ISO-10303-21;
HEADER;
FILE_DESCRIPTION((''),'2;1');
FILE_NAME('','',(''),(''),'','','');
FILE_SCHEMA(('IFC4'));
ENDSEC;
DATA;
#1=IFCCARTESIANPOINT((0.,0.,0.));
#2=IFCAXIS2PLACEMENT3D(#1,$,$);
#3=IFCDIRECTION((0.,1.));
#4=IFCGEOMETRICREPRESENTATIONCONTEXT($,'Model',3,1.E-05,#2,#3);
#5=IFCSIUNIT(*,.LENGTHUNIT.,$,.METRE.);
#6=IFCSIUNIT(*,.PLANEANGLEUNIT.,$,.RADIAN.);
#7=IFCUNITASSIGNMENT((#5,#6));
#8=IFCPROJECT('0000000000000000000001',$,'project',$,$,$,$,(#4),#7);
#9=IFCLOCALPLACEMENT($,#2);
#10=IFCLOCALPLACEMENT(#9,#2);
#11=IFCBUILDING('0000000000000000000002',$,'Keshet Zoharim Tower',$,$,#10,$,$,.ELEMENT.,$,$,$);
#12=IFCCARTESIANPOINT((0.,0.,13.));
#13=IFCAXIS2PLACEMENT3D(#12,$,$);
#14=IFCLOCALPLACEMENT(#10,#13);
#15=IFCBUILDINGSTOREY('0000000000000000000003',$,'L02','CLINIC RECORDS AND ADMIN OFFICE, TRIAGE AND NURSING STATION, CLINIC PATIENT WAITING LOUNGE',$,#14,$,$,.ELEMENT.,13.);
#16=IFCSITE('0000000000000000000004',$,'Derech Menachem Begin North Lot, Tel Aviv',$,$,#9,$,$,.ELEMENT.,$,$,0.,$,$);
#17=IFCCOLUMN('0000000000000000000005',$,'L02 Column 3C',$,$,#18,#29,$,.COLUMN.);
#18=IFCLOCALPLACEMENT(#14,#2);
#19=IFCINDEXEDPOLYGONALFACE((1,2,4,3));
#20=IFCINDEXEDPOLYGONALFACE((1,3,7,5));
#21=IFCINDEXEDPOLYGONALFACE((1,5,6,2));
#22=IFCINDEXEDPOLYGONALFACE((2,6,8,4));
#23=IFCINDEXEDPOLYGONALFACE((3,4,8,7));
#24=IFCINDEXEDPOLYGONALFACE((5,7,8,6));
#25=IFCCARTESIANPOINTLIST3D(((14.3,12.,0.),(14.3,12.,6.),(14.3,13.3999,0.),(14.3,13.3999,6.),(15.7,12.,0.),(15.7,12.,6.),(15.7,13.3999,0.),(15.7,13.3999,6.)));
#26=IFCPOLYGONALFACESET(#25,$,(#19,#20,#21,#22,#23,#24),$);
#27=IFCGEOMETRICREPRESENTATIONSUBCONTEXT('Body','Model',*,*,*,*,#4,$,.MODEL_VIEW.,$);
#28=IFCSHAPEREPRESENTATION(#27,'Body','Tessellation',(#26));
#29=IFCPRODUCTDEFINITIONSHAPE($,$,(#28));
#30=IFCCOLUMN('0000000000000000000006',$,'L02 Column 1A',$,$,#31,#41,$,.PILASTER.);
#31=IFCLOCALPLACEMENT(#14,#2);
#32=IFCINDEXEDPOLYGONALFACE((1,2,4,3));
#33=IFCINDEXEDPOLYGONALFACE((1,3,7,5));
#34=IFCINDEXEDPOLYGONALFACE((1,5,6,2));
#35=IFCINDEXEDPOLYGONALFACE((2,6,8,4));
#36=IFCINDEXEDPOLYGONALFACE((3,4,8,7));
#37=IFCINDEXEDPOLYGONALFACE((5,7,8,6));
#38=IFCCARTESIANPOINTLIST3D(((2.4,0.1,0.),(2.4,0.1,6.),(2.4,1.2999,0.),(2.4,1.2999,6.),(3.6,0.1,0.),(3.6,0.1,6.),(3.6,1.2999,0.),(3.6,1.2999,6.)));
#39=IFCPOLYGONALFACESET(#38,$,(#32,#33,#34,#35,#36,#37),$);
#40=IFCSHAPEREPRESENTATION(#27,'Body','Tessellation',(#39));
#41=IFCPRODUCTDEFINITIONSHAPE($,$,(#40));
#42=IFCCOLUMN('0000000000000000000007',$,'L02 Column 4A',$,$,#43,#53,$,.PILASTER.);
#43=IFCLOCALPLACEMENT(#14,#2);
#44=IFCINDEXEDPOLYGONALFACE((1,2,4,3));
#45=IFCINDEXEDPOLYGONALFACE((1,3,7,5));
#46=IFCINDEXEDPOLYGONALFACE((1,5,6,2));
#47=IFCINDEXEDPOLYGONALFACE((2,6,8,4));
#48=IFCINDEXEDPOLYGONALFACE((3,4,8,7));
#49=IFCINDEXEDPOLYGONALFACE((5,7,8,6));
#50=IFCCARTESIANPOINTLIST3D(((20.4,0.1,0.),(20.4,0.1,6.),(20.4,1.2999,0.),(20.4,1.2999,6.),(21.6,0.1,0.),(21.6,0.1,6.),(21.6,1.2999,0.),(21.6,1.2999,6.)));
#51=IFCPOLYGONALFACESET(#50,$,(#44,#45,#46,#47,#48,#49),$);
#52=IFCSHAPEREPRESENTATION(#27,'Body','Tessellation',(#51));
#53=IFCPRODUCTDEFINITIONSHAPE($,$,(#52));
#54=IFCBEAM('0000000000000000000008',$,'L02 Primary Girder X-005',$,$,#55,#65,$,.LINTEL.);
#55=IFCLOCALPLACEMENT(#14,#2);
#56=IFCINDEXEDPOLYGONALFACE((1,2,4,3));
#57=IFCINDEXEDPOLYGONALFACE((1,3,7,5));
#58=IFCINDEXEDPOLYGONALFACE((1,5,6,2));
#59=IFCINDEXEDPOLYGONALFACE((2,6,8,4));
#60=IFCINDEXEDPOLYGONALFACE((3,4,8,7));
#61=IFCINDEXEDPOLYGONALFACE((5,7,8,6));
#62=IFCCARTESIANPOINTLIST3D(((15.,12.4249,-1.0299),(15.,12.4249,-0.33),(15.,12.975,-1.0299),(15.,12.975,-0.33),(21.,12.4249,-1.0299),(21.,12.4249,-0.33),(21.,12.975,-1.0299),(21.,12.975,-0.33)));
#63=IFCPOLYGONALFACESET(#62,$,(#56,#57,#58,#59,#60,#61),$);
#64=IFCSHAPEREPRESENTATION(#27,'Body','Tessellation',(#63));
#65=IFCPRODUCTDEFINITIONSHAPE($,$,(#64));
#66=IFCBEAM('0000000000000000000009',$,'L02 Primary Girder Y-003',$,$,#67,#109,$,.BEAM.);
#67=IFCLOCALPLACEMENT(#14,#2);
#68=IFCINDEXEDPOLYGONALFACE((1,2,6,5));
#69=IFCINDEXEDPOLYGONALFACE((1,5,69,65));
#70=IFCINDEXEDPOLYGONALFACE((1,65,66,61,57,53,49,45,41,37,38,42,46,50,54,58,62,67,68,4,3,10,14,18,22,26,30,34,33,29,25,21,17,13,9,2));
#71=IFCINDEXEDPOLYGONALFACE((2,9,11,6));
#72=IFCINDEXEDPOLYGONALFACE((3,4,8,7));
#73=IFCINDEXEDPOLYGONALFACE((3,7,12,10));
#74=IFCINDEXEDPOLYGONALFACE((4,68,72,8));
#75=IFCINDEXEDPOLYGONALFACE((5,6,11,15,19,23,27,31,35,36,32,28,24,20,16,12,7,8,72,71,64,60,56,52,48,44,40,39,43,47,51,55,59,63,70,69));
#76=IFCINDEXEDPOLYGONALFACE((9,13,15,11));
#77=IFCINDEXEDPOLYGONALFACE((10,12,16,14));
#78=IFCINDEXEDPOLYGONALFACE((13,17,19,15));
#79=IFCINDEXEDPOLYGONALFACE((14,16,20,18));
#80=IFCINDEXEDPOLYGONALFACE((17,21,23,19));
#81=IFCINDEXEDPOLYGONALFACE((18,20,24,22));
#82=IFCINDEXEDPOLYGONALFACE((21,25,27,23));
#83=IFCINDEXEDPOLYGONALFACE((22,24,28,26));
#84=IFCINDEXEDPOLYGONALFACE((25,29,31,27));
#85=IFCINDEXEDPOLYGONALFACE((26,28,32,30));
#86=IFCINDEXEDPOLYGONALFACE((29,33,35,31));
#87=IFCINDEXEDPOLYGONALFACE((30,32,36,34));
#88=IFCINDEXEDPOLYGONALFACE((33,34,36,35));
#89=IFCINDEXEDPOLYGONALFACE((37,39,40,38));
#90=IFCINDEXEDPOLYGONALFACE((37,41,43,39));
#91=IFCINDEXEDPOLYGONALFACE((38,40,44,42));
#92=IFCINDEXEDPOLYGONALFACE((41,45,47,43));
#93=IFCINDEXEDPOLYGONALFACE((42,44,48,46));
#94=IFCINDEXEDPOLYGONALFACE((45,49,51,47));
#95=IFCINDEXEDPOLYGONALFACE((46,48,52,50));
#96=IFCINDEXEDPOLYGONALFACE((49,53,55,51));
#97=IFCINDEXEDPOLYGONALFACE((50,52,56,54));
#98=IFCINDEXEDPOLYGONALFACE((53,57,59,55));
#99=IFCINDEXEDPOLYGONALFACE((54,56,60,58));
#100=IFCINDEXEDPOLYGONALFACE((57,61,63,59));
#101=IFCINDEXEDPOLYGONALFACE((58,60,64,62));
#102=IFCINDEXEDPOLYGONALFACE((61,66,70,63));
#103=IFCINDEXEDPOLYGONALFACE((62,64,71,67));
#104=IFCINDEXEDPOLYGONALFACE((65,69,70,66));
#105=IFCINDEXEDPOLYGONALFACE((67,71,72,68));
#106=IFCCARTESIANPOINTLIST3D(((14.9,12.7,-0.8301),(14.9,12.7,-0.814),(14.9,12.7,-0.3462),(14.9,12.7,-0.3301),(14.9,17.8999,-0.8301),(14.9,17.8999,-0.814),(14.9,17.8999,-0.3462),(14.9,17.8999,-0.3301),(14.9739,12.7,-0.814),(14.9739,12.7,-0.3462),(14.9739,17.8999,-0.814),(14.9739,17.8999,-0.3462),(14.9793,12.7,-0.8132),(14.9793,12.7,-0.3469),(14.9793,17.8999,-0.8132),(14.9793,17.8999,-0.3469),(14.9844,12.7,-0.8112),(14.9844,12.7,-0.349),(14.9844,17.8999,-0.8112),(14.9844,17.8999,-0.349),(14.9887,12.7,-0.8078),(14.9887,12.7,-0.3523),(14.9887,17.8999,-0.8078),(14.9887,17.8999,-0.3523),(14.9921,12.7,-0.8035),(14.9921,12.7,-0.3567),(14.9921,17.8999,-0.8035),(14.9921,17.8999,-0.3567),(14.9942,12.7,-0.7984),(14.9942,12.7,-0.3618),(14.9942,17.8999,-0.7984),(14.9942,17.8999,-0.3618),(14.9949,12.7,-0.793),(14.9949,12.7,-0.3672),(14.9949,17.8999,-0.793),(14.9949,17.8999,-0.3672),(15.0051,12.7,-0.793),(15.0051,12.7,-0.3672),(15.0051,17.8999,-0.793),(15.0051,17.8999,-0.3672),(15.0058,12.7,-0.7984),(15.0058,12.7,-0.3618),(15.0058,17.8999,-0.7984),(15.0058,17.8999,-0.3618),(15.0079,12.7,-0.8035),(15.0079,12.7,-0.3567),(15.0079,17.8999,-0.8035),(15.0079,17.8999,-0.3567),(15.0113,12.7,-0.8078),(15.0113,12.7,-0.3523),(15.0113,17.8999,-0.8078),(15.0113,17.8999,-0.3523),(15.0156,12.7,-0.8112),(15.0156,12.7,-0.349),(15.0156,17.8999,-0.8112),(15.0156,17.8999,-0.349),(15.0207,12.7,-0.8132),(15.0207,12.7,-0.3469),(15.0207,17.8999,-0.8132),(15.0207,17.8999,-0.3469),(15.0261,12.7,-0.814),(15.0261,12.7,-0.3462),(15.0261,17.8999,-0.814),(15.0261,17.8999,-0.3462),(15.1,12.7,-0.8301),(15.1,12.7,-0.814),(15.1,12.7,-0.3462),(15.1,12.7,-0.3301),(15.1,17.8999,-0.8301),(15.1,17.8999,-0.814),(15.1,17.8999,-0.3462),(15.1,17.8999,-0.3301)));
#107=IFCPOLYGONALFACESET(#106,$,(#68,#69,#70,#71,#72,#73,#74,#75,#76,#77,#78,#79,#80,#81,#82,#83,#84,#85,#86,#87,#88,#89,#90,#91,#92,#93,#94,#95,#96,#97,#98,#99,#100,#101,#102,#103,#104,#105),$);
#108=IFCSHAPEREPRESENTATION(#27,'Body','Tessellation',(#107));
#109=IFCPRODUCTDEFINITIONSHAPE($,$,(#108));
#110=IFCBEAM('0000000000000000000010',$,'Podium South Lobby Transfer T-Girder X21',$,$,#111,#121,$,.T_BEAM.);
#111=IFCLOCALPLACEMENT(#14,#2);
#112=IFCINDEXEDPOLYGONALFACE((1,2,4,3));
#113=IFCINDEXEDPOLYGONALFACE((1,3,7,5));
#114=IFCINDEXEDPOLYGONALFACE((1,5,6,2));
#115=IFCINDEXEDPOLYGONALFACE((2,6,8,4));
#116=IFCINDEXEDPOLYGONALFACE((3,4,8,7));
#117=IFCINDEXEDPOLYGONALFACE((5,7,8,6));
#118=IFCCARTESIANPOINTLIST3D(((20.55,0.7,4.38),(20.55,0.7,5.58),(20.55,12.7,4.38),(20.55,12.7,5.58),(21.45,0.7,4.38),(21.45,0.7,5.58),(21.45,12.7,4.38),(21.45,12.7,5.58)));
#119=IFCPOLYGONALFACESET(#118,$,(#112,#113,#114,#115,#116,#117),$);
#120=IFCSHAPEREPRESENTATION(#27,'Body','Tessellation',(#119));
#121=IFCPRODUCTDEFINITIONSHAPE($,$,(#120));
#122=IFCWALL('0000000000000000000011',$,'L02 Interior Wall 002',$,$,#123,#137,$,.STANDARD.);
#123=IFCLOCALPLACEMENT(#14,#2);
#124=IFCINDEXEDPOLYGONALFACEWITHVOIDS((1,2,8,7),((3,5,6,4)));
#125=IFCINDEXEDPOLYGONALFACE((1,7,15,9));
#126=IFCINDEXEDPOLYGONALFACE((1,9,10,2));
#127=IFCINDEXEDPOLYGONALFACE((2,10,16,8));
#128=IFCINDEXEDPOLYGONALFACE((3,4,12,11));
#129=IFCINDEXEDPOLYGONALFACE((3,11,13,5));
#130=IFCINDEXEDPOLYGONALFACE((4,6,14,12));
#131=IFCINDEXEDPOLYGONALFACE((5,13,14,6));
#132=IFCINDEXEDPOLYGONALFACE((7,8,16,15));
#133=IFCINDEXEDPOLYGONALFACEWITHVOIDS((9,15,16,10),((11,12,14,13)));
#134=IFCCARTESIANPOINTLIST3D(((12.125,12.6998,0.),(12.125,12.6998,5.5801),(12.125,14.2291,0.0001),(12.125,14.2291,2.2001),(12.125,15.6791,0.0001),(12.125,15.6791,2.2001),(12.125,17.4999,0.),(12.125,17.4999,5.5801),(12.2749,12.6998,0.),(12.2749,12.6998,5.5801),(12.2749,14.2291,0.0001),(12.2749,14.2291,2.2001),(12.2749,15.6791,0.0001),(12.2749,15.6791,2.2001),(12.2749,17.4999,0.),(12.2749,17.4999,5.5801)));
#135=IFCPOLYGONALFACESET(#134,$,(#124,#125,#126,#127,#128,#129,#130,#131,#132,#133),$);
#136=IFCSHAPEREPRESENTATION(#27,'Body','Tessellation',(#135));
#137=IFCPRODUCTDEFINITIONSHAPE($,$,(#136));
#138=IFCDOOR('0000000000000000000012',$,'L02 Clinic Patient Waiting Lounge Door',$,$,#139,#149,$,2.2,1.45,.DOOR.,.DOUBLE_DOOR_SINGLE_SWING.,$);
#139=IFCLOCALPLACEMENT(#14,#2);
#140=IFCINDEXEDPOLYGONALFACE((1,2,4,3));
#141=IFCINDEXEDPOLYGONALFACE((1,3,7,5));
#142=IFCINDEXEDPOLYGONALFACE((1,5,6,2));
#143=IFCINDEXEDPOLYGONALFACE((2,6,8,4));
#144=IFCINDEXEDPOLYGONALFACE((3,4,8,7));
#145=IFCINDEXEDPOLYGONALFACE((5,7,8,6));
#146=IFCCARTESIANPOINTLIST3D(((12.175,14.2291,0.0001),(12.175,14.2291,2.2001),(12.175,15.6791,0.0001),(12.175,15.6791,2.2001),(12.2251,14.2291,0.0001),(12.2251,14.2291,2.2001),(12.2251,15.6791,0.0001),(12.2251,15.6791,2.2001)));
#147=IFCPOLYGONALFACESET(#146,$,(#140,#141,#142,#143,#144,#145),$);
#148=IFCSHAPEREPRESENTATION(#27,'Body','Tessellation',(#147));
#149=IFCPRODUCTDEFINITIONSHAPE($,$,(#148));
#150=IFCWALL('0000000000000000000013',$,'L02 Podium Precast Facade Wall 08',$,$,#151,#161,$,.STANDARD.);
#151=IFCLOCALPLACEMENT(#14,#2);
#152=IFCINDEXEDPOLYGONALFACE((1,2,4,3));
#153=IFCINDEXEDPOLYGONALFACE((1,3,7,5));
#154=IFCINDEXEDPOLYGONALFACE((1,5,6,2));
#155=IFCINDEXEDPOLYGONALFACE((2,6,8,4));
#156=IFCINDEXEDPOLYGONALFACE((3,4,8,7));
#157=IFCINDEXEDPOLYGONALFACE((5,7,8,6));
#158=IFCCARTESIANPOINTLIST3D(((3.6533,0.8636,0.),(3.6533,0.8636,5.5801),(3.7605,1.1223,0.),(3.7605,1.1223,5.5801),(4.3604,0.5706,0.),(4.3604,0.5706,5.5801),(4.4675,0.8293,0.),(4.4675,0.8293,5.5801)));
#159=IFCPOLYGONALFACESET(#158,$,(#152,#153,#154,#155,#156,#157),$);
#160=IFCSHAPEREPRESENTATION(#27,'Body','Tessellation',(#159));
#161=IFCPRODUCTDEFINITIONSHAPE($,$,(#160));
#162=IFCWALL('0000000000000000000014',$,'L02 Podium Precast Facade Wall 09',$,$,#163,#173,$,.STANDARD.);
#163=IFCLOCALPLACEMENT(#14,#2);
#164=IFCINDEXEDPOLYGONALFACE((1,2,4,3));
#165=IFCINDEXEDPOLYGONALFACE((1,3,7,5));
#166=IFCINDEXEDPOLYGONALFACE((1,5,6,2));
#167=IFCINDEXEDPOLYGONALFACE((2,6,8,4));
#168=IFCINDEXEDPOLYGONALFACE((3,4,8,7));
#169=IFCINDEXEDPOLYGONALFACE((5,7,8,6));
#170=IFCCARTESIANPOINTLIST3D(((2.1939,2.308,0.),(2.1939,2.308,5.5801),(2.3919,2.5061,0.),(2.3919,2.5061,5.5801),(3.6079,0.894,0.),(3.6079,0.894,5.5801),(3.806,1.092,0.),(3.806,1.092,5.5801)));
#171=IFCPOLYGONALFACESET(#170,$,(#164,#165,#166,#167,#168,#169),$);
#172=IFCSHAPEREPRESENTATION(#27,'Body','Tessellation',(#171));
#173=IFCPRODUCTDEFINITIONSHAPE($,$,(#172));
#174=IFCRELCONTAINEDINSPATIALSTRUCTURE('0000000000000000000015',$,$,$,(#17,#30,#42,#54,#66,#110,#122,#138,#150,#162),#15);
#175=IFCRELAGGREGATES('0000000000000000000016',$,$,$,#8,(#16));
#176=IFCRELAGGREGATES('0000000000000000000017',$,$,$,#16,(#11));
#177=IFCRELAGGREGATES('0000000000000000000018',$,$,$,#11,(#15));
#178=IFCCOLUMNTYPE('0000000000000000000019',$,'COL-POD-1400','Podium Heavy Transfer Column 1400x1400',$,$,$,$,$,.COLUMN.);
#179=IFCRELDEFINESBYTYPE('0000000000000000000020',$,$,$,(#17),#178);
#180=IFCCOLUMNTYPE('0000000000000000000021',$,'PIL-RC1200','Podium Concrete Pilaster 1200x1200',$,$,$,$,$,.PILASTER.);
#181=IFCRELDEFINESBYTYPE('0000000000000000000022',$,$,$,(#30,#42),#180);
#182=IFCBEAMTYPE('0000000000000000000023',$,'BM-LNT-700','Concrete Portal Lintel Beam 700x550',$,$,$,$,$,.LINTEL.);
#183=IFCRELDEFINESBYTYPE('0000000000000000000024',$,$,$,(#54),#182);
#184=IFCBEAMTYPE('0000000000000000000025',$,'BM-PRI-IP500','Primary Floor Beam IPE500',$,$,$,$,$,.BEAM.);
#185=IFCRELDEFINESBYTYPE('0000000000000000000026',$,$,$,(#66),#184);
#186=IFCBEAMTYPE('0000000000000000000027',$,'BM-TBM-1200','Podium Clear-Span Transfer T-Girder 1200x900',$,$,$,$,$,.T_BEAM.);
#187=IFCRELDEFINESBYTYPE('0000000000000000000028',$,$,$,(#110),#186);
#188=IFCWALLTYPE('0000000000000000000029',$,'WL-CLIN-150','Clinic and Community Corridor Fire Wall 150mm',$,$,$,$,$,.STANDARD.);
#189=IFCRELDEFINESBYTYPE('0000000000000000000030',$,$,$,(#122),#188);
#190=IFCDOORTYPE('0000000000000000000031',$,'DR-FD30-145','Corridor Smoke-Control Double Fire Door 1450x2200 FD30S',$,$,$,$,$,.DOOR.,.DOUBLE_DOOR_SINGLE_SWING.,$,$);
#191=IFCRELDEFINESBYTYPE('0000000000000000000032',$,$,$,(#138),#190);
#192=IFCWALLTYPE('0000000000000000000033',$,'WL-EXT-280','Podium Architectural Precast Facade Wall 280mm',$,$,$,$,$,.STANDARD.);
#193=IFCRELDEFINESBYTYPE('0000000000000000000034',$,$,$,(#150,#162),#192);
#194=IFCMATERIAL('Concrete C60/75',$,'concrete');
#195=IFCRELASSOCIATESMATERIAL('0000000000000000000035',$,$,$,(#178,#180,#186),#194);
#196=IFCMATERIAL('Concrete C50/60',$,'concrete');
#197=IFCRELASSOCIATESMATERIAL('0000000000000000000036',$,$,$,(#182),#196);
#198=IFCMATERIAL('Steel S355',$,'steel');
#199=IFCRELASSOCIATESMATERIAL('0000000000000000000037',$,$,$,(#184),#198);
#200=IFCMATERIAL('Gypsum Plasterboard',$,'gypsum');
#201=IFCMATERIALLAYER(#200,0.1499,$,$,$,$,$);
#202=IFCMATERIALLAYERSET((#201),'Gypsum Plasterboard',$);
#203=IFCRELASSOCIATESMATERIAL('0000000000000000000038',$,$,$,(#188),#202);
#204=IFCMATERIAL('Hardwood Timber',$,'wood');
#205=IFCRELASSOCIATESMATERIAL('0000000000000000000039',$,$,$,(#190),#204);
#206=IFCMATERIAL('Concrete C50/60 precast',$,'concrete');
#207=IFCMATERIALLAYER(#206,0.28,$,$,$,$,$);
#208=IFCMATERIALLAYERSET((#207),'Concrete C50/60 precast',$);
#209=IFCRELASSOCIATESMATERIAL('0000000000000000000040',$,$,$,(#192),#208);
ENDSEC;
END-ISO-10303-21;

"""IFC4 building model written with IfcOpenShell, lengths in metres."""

from ifc_helpers import new_model, si_unit, direction, frame, frame_2d, origin, origin_2d, place, context, subcontext, project, spatial, rectangle, i_section, extrude, material, layer, layer_set, material_profile, profile_set, type_object, element, fill, save


model = new_model("IFC4")

# Units and contexts
model_context = context("Model", 3, precision=1e-05, world=origin(), true_north=direction((0.0, 1.0)))
body_context = subcontext(model_context, "Body", "Model", "MODEL_VIEW")
ifc_project = project(units=[si_unit("LENGTHUNIT", "METRE"), si_unit("PLANEANGLEUNIT", "RADIAN")], contexts=[model_context])

# Site, building, storey
site_placement = place(None, origin())
site = spatial("IfcSite", under=ifc_project, at=site_placement, Name="Derech Menachem Begin North Lot, Tel Aviv", CompositionType="ELEMENT", RefElevation=0.0)
building_placement = place(site_placement, origin())
building = spatial("IfcBuilding", under=site, at=building_placement, Name="Keshet Zoharim Tower", CompositionType="ELEMENT")
storey_placement = place(building_placement, frame((0.0, 0.0, 13.0)))
storey = spatial("IfcBuildingStorey", under=building, at=storey_placement, Name="L02", Description="CLINIC RECORDS AND ADMIN OFFICE, TRIAGE AND NURSING STATION, CLINIC PATIENT WAITING LOUNGE", CompositionType="ELEMENT", Elevation=13.0)

# Columns
ifc_material_1 = material(Name="Concrete C60/75", Category="concrete")
ifc_material_profile_1 = material_profile(ifc_material_1, rectangle(XDim=1.3999, YDim=1.3999, at=origin_2d()), Name="RC1400x1400")
ifc_profile_set_1 = profile_set([ifc_material_profile_1], Name="Concrete C60/75")
column_type_1 = type_object("IfcColumnType", Name="COL-POD-1400", Description="Podium Heavy Transfer Column 1400x1400", PredefinedType="COLUMN", material=ifc_profile_set_1)
column_placement = place(storey_placement, frame((15.0, 12.7, 0.0), z_axis=(0.0, 0.0, 1.0), x_axis=(1.0, 0.0, 0.0)))
element("IfcColumn", 1, at=column_placement, inside=storey, type_object=column_type_1, Name="L02 Column 3C", PredefinedType="COLUMN", context=body_context, shape_type="SweptSolid", body=[
    extrude(rectangle(XDim=1.3999, YDim=1.3999, at=origin_2d()), origin(), (0.0, 0.0, 1.0), 6.0),
])
ifc_material_profile_2 = material_profile(ifc_material_1, rectangle(XDim=1.2, YDim=1.2, at=origin_2d()), Name="RC1200x1200")
ifc_profile_set_2 = profile_set([ifc_material_profile_2], Name="Concrete C60/75")
column_type_2 = type_object("IfcColumnType", Name="PIL-RC1200", Description="Podium Concrete Pilaster 1200x1200", PredefinedType="PILASTER", material=ifc_profile_set_2)
for number, where, z_axis, x_axis, name in (
    (2, (3.0, 0.7, 0.0), (0.0, 0.0, 1.0), (1.0, 0.0, 0.0), "L02 Column 1A"),
    (3, (21.0, 0.7, 0.0), (0.0, 0.0, 1.0), (1.0, 0.0, 0.0), "L02 Column 4A"),
):
    element("IfcColumn", number, at=place(storey_placement, frame(where, z_axis=z_axis, x_axis=x_axis)), inside=storey, type_object=column_type_2, Name=name, PredefinedType="PILASTER", context=body_context, shape_type="SweptSolid", body=[
        extrude(rectangle(XDim=1.2, YDim=1.2, at=origin_2d()), origin(), (0.0, 0.0, 1.0), 6.0),
    ])

# Beams
ifc_material_2 = material(Name="Concrete C50/60", Category="concrete")
ifc_material_profile_3 = material_profile(ifc_material_2, rectangle(XDim=0.55, YDim=0.7, at=origin_2d()), Name="RC700x550")
ifc_profile_set_3 = profile_set([ifc_material_profile_3], Name="Concrete C50/60")
beam_type_1 = type_object("IfcBeamType", Name="BM-LNT-700", Description="Concrete Portal Lintel Beam 700x550", PredefinedType="LINTEL", material=ifc_profile_set_3)
beam_1_placement = place(storey_placement, frame((15.0, 12.7, -0.6799), z_axis=(1.0, 0.0, 0.0), x_axis=(0.0, 1.0, 0.0)))
element("IfcBeam", 4, at=beam_1_placement, inside=storey, type_object=beam_type_1, Name="L02 Primary Girder X-005", PredefinedType="LINTEL", context=body_context, shape_type="SweptSolid", body=[
    extrude(rectangle(XDim=0.55, YDim=0.7, at=origin_2d()), origin(), (0.0, 0.0, 1.0), 6.0),
])
ifc_material_3 = material(Name="Steel S355", Category="steel")
ifc_material_profile_4 = material_profile(ifc_material_3, i_section(OverallWidth=0.2, OverallDepth=0.5, WebThickness=0.0103, FlangeThickness=0.0161, FilletRadius=0.021, at=origin_2d()), Name="IPE500")
ifc_profile_set_4 = profile_set([ifc_material_profile_4], Name="Steel S355")
beam_type_2 = type_object("IfcBeamType", Name="BM-PRI-IP500", Description="Primary Floor Beam IPE500", PredefinedType="BEAM", material=ifc_profile_set_4)
beam_2_placement = place(storey_placement, frame((15.0, 12.7, -0.5801), z_axis=(0.0, 1.0, 0.0), x_axis=(-1.0, 0.0, 0.0)))
element("IfcBeam", 5, at=beam_2_placement, inside=storey, type_object=beam_type_2, Name="L02 Primary Girder Y-003", PredefinedType="BEAM", context=body_context, shape_type="SweptSolid", body=[
    extrude(i_section(OverallWidth=0.2, OverallDepth=0.5, WebThickness=0.0103, FlangeThickness=0.0161, FilletRadius=0.021, at=origin_2d()), origin(), (0.0, 0.0, 1.0), 5.2),
])
ifc_material_profile_5 = material_profile(ifc_material_1, rectangle(XDim=0.8999, YDim=1.2, at=origin_2d()), Name="RC1200x900")
ifc_profile_set_5 = profile_set([ifc_material_profile_5], Name="Concrete C60/75")
beam_type_3 = type_object("IfcBeamType", Name="BM-TBM-1200", Description="Podium Clear-Span Transfer T-Girder 1200x900", PredefinedType="T_BEAM", material=ifc_profile_set_5)
beam_3_placement = place(storey_placement, frame((21.0, 0.7, 4.98), z_axis=(0.0, 1.0, 0.0), x_axis=(-1.0, 0.0, 0.0)))
element("IfcBeam", 6, at=beam_3_placement, inside=storey, type_object=beam_type_3, Name="Podium South Lobby Transfer T-Girder X21", PredefinedType="T_BEAM", context=body_context, shape_type="SweptSolid", body=[
    extrude(rectangle(XDim=0.8999, YDim=1.2, at=origin_2d()), origin(), (0.0, 0.0, 1.0), 12.0),
])

# Wall, opening, door
ifc_material_4 = material(Name="Gypsum Plasterboard", Category="gypsum")
ifc_layer_1 = layer(ifc_material_4, 0.1499)
ifc_layer_set_1 = layer_set([ifc_layer_1], Name="Gypsum Plasterboard")
wall_type_1 = type_object("IfcWallType", Name="WL-CLIN-150", Description="Clinic and Community Corridor Fire Wall 150mm", PredefinedType="STANDARD", material=ifc_layer_set_1)
wall_1_placement = place(storey_placement, frame((12.2, 12.7, 0.0), z_axis=(0.0, 0.0, 1.0), x_axis=(0.0, 1.0, 0.0)))
wall_1 = element("IfcWall", 7, at=wall_1_placement, inside=storey, type_object=wall_type_1, Name="L02 Interior Wall 002", PredefinedType="STANDARD", context=body_context, shape_type="SweptSolid", body=[
    extrude(rectangle(XDim=4.8, YDim=0.1499, at=frame_2d((2.3999, 0.0))), origin(), (0.0, 0.0, 1.0), 5.5801),
])
opening_1_placement = place(wall_1_placement, frame((1.5291, 0.0, 0.0)))
opening_1 = element("IfcOpeningElement", 8, at=opening_1_placement, cuts=wall_1, PredefinedType="OPENING", context=body_context, shape_type="SweptSolid", body=[
    extrude(rectangle(XDim=1.45, YDim=2.2, at=frame_2d((0.7251, 1.1001))), frame((0.0, 0.085, 0.0), z_axis=(0.0, -1.0, 0.0), x_axis=(1.0, 0.0, 0.0)), (0.0, 0.0, 1.0), 0.1699),
])
ifc_material_5 = material(Name="Hardwood Timber", Category="wood")
door_type_1 = type_object("IfcDoorType", Name="DR-FD30-145", Description="Corridor Smoke-Control Double Fire Door 1450x2200 FD30S", OperationType="DOUBLE_DOOR_SINGLE_SWING", PredefinedType="DOOR", material=ifc_material_5)
door_1_placement = place(opening_1_placement, origin())
door_1 = element("IfcDoor", 9, at=door_1_placement, inside=storey, type_object=door_type_1, Name="L02 Clinic Patient Waiting Lounge Door", OperationType="DOUBLE_DOOR_SINGLE_SWING", OverallHeight=2.2, OverallWidth=1.45, PredefinedType="DOOR", context=body_context, shape_type="SweptSolid", body=[
    extrude(rectangle(XDim=1.45, YDim=2.2, at=frame_2d((0.7251, 1.1001))), frame((0.0, 0.0249, 0.0), z_axis=(0.0, -1.0, 0.0), x_axis=(1.0, 0.0, 0.0)), (0.0, 0.0, 1.0), 0.05),
])
fill(opening_1, door_1)

# Walls
ifc_material_6 = material(Name="Concrete C50/60 precast", Category="concrete")
ifc_layer_2 = layer(ifc_material_6, 0.28)
ifc_layer_set_2 = layer_set([ifc_layer_2], Name="Concrete C50/60 precast")
wall_type_2 = type_object("IfcWallType", Name="WL-EXT-280", Description="Podium Architectural Precast Facade Wall 280mm", PredefinedType="STANDARD", material=ifc_layer_set_2)
wall_2_placement = place(storey_placement, frame((4.4141, 0.7, 0.0), z_axis=(0.0, 0.0, 1.0), x_axis=(-0.92383, 0.382803, 0.0)))
element("IfcWall", 10, at=wall_2_placement, inside=storey, type_object=wall_type_2, Name="L02 Podium Precast Facade Wall 08", PredefinedType="STANDARD", context=body_context, shape_type="SweptSolid", body=[
    extrude(rectangle(XDim=0.7654, YDim=0.28, at=frame_2d((0.3828, 0.0))), origin(), (0.0, 0.0, 1.0), 5.5801),
])
wall_3_placement = place(storey_placement, frame((3.707, 0.9929, 0.0), z_axis=(0.0, 0.0, 1.0), x_axis=(-0.707107, 0.707107, 0.0)))
element("IfcWall", 11, at=wall_3_placement, inside=storey, type_object=wall_type_2, Name="L02 Podium Precast Facade Wall 09", PredefinedType="STANDARD", context=body_context, shape_type="SweptSolid", body=[
    extrude(rectangle(XDim=1.9998, YDim=0.28, at=frame_2d((1.0, 0.0))), origin(), (0.0, 0.0, 1.0), 5.5801),
])

save(model, "model.ifc")
